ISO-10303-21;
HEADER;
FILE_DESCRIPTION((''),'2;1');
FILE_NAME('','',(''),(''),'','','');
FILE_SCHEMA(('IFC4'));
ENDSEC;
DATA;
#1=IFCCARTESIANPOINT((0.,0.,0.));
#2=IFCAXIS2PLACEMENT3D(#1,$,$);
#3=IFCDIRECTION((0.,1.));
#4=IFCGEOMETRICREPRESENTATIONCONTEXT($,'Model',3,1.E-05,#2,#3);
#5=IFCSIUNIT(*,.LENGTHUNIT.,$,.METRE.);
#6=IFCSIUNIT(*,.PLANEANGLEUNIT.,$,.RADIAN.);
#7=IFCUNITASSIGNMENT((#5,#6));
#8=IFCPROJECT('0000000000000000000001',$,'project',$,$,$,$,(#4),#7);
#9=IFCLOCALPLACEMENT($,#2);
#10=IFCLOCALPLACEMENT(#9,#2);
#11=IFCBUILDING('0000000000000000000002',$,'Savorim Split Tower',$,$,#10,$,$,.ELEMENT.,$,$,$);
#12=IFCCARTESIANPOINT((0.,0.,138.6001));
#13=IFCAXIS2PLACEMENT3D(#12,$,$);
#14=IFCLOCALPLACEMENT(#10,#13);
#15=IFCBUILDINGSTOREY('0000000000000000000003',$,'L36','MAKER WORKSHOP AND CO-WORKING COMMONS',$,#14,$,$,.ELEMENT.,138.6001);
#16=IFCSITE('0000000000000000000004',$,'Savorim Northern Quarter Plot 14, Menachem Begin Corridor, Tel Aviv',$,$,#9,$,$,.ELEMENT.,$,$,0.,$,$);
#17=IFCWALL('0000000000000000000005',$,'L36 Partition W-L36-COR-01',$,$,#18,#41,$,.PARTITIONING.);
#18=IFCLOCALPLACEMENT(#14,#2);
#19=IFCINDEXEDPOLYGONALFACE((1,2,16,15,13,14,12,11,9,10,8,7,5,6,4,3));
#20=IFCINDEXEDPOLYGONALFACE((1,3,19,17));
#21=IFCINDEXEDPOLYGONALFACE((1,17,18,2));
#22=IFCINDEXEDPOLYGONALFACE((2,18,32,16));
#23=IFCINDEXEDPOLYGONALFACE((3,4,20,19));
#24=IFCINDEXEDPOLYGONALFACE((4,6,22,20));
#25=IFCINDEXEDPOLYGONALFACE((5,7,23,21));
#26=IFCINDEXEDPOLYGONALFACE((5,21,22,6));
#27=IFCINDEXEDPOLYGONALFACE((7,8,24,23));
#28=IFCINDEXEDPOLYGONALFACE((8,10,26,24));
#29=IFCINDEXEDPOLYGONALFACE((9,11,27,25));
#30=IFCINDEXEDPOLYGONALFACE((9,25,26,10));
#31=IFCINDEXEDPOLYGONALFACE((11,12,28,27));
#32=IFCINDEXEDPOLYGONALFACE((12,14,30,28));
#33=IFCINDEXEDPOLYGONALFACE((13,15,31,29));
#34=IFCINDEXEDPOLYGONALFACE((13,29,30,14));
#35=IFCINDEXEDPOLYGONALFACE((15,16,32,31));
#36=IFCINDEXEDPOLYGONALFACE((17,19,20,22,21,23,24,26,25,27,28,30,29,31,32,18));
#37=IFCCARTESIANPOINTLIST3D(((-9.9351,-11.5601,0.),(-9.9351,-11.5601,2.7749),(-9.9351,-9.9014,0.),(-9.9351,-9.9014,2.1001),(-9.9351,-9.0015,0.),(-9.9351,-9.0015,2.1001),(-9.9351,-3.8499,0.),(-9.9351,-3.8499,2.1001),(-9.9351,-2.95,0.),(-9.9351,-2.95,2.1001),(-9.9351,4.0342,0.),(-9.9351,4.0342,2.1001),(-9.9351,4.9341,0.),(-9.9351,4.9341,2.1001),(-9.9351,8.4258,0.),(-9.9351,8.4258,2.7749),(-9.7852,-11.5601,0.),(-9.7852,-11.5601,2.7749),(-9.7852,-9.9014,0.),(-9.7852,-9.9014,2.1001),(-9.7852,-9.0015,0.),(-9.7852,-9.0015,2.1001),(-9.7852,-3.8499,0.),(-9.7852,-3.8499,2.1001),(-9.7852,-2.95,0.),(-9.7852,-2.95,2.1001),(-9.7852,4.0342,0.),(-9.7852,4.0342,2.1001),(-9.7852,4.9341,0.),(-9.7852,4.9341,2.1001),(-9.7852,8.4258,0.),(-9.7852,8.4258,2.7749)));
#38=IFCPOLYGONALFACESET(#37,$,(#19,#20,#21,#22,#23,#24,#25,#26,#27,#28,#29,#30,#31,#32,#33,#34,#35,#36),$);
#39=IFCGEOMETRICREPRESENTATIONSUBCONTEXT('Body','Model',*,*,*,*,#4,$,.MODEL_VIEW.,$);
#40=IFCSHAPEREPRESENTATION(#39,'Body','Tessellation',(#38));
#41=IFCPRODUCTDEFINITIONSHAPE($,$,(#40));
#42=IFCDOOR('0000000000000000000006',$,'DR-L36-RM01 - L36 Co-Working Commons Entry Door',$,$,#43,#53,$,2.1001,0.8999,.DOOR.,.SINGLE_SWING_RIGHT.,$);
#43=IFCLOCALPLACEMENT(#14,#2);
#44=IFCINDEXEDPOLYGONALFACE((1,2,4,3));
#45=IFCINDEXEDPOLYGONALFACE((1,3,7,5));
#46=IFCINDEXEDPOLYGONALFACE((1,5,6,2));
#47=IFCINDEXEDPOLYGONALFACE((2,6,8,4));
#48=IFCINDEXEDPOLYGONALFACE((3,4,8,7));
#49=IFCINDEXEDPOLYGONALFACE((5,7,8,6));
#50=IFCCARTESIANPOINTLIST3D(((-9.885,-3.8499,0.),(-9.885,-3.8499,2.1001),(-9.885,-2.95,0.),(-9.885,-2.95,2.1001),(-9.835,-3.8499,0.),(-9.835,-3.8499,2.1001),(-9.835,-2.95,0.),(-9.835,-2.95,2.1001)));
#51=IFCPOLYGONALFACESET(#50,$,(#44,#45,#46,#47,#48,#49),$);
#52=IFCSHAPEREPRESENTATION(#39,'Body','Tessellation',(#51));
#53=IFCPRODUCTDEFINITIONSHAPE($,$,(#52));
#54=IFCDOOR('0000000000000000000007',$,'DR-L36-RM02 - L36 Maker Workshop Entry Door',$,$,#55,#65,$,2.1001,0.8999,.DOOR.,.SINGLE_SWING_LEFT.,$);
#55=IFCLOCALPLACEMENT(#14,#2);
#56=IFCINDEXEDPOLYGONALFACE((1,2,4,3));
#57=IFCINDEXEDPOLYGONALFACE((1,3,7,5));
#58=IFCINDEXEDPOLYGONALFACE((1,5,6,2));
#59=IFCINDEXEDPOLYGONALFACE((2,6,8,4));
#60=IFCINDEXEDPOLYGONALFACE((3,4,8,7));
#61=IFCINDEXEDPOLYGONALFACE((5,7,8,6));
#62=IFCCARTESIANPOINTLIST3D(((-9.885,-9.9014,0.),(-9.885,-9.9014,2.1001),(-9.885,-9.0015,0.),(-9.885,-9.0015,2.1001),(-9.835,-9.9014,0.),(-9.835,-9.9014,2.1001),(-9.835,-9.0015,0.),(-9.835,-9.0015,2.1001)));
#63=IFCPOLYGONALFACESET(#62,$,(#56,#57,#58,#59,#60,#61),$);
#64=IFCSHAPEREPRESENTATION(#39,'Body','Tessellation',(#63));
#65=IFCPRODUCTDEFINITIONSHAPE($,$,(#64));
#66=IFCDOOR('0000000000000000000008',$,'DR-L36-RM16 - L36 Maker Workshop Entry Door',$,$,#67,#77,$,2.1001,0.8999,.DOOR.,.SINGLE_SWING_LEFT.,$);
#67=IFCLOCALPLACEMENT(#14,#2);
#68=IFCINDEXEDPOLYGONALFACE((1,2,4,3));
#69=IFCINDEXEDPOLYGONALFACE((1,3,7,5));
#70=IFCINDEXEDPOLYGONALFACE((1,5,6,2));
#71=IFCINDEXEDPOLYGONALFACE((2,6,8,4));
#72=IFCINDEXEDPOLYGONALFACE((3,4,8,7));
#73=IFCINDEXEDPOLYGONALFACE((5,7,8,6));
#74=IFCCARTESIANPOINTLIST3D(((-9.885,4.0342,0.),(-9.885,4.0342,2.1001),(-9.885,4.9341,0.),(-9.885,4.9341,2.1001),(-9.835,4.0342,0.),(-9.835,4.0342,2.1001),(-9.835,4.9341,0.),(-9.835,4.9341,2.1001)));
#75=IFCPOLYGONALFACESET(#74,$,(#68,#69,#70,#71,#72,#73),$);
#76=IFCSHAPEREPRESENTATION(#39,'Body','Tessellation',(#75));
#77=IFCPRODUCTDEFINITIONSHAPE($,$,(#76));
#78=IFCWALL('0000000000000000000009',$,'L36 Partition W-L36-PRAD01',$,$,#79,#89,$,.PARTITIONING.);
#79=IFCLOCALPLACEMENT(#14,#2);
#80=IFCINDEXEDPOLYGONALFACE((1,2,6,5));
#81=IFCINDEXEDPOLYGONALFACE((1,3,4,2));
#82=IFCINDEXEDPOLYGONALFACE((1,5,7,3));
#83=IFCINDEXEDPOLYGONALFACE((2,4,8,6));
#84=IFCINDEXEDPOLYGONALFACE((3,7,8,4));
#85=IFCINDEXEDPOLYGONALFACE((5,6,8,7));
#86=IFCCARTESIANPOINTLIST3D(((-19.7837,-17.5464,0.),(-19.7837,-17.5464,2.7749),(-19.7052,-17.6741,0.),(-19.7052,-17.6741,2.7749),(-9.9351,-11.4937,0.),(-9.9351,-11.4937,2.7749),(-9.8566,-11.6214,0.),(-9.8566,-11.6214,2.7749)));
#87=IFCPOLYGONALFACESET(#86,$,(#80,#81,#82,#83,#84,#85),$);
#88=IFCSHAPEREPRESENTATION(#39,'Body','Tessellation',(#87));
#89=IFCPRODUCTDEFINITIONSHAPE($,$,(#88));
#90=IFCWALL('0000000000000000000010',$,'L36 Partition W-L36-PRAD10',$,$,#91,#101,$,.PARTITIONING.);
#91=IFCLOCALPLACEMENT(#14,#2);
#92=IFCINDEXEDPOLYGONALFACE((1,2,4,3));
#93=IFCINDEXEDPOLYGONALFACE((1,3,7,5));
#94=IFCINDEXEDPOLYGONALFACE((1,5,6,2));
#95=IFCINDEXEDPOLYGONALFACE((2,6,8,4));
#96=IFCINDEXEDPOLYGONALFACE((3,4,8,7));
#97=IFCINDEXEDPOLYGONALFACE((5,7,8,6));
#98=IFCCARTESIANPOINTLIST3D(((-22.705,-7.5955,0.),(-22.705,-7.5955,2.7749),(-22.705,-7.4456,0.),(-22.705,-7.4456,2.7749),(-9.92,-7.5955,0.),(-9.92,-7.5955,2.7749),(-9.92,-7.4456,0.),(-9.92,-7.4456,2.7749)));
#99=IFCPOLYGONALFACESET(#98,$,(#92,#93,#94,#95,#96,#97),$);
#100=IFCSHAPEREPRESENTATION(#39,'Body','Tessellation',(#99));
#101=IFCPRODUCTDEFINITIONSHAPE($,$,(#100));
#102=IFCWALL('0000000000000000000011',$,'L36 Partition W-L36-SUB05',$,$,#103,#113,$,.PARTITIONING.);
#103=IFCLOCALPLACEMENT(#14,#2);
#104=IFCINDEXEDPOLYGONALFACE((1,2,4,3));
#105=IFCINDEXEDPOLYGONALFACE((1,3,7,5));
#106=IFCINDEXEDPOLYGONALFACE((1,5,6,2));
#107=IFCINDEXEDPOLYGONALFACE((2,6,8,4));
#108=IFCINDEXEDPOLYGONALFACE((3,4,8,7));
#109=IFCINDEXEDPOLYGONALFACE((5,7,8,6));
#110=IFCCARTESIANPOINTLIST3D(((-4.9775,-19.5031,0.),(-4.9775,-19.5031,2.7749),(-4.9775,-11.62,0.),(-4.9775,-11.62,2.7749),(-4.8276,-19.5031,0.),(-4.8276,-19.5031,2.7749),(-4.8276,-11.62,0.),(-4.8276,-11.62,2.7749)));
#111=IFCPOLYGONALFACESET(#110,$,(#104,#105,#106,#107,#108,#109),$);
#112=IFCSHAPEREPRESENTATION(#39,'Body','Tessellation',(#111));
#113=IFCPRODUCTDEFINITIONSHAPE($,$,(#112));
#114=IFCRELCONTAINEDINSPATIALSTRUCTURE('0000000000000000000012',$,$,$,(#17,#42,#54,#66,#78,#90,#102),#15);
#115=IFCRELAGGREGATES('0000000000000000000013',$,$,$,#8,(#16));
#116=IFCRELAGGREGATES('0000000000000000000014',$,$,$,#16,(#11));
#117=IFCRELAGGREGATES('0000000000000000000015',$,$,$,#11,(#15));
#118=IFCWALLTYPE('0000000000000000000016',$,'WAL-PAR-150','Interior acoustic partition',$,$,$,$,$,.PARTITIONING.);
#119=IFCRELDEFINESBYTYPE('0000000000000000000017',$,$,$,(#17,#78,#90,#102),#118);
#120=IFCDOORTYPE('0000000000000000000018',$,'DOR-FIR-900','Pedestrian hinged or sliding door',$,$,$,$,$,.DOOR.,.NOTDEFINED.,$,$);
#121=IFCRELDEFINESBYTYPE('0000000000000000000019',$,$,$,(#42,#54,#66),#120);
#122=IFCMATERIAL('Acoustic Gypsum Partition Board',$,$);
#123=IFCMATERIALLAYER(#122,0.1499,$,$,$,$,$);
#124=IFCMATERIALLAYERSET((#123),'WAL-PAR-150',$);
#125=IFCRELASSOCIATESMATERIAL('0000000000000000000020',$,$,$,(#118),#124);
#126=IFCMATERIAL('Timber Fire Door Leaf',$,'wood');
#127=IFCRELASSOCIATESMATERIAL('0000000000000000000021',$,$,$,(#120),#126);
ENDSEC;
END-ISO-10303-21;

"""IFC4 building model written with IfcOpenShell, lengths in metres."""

from ifc_helpers import new_model, si_unit, direction, frame, frame_2d, origin, place, context, subcontext, project, spatial, rectangle, extrude, material, layer, layer_set, type_object, element, fill, save


model = new_model("IFC4")

# Units and contexts
model_context = context("Model", 3, precision=1e-05, world=origin(), true_north=direction((0.0, 1.0)))
body_context = subcontext(model_context, "Body", "Model", "MODEL_VIEW")
ifc_project = project(units=[si_unit("LENGTHUNIT", "METRE"), si_unit("PLANEANGLEUNIT", "RADIAN")], contexts=[model_context])

# Site, building, storey
site_placement = place(None, origin())
site = spatial("IfcSite", under=ifc_project, at=site_placement, Name="Savorim Northern Quarter Plot 14, Menachem Begin Corridor, Tel Aviv", CompositionType="ELEMENT", RefElevation=0.0)
building_placement = place(site_placement, origin())
building = spatial("IfcBuilding", under=site, at=building_placement, Name="Savorim Split Tower", CompositionType="ELEMENT")
storey_placement = place(building_placement, frame((0.0, 0.0, 138.6001)))
storey = spatial("IfcBuildingStorey", under=building, at=storey_placement, Name="L36", Description="MAKER WORKSHOP AND CO-WORKING COMMONS", CompositionType="ELEMENT", Elevation=138.6001)

# Shared definitions
ifc_material_1 = material(Name="Timber Fire Door Leaf", Category="wood")

# Shared definitions
ifc_material_2 = material(Name="Acoustic Gypsum Partition Board")
ifc_layer_1 = layer(ifc_material_2, 0.1499)
ifc_layer_set_1 = layer_set([ifc_layer_1], Name="WAL-PAR-150")
wall_type_1 = type_object("IfcWallType", Name="WAL-PAR-150", Description="Interior acoustic partition", PredefinedType="PARTITIONING", material=ifc_layer_set_1)

# Wall, openings, doors
wall_1_placement = place(storey_placement, frame((-9.8601, -11.5601, 0.0), z_axis=(0.0, 0.0, 1.0), x_axis=(0.0, 1.0, 0.0)))
wall_1 = element("IfcWall", 1, at=wall_1_placement, inside=storey, type_object=wall_type_1, Name="L36 Partition W-L36-COR-01", PredefinedType="PARTITIONING", context=body_context, shape_type="SweptSolid", body=[
    extrude(rectangle(XDim=19.9858, YDim=0.1499, at=frame_2d((9.9929, 0.0))), origin(), (0.0, 0.0, 1.0), 2.7749),
])
opening_1_placement = place(wall_1_placement, frame((7.7102, 0.0, 0.0)))
opening_1 = element("IfcOpeningElement", 2, at=opening_1_placement, cuts=wall_1, PredefinedType="OPENING", context=body_context, shape_type="SweptSolid", body=[
    extrude(rectangle(XDim=0.8999, YDim=2.1001, at=frame_2d((0.45, 1.05))), frame((0.0, 0.085, 0.0), z_axis=(0.0, -1.0, 0.0), x_axis=(1.0, 0.0, 0.0)), (0.0, 0.0, 1.0), 0.1699),
])
opening_2_placement = place(wall_1_placement, frame((1.6587, 0.0, 0.0)))
opening_2 = element("IfcOpeningElement", 3, at=opening_2_placement, cuts=wall_1, PredefinedType="OPENING", context=body_context, shape_type="SweptSolid", body=[
    extrude(rectangle(XDim=0.8999, YDim=2.1001, at=frame_2d((0.45, 1.05))), frame((0.0, 0.085, 0.0), z_axis=(0.0, -1.0, 0.0), x_axis=(1.0, 0.0, 0.0)), (0.0, 0.0, 1.0), 0.1699),
])
opening_3_placement = place(wall_1_placement, frame((15.5942, 0.0, 0.0)))
opening_3 = element("IfcOpeningElement", 4, at=opening_3_placement, cuts=wall_1, PredefinedType="OPENING", context=body_context, shape_type="SweptSolid", body=[
    extrude(rectangle(XDim=0.8999, YDim=2.1001, at=frame_2d((0.45, 1.05))), frame((0.0, 0.085, 0.0), z_axis=(0.0, -1.0, 0.0), x_axis=(1.0, 0.0, 0.0)), (0.0, 0.0, 1.0), 0.1699),
])
door_type_1 = type_object("IfcDoorType", Name="DOR-FIR-900", Description="Pedestrian hinged or sliding door", OperationType="NOTDEFINED", PredefinedType="DOOR", material=ifc_material_1)
door_1_placement = place(opening_1_placement, origin())
door_1 = element("IfcDoor", 5, at=door_1_placement, inside=storey, type_object=door_type_1, Name="DR-L36-RM01 - L36 Co-Working Commons Entry Door", OperationType="SINGLE_SWING_RIGHT", OverallHeight=2.1001, OverallWidth=0.8999, PredefinedType="DOOR", context=body_context, shape_type="SweptSolid", body=[
    extrude(rectangle(XDim=0.8999, YDim=2.1001, at=frame_2d((0.45, 1.05))), frame((0.0, 0.0249, 0.0), z_axis=(0.0, -1.0, 0.0), x_axis=(1.0, 0.0, 0.0)), (0.0, 0.0, 1.0), 0.05),
])
fill(opening_1, door_1)
door_2_placement = place(opening_2_placement, origin())
door_2 = element("IfcDoor", 6, at=door_2_placement, inside=storey, type_object=door_type_1, Name="DR-L36-RM02 - L36 Maker Workshop Entry Door", OperationType="SINGLE_SWING_LEFT", OverallHeight=2.1001, OverallWidth=0.8999, PredefinedType="DOOR", context=body_context, shape_type="SweptSolid", body=[
    extrude(rectangle(XDim=0.8999, YDim=2.1001, at=frame_2d((0.45, 1.05))), frame((0.0, 0.0249, 0.0), z_axis=(0.0, -1.0, 0.0), x_axis=(1.0, 0.0, 0.0)), (0.0, 0.0, 1.0), 0.05),
])
fill(opening_2, door_2)
door_3_placement = place(opening_3_placement, origin())
door_3 = element("IfcDoor", 7, at=door_3_placement, inside=storey, type_object=door_type_1, Name="DR-L36-RM16 - L36 Maker Workshop Entry Door", OperationType="SINGLE_SWING_LEFT", OverallHeight=2.1001, OverallWidth=0.8999, PredefinedType="DOOR", context=body_context, shape_type="SweptSolid", body=[
    extrude(rectangle(XDim=0.8999, YDim=2.1001, at=frame_2d((0.45, 1.05))), frame((0.0, 0.0249, 0.0), z_axis=(0.0, -1.0, 0.0), x_axis=(1.0, 0.0, 0.0)), (0.0, 0.0, 1.0), 0.05),
])
fill(opening_3, door_3)

# Walls
wall_2_placement = place(storey_placement, frame((-9.896, -11.5576, 0.0), z_axis=(0.0, 0.0, 1.0), x_axis=(-0.851966, -0.523598, 0.0)))
element("IfcWall", 8, at=wall_2_placement, inside=storey, type_object=wall_type_1, Name="L36 Partition W-L36-PRAD01", PredefinedType="PARTITIONING", context=body_context, shape_type="SweptSolid", body=[
    extrude(rectangle(XDim=11.5598, YDim=0.1499, at=frame_2d((5.7798, 0.0))), origin(), (0.0, 0.0, 1.0), 2.7749),
])
wall_3_placement = place(storey_placement, frame((-9.9199, -7.5205, 0.0), z_axis=(0.0, 0.0, 1.0), x_axis=(-1.0, 0.0, 0.0)))
element("IfcWall", 9, at=wall_3_placement, inside=storey, type_object=wall_type_1, Name="L36 Partition W-L36-PRAD10", PredefinedType="PARTITIONING", context=body_context, shape_type="SweptSolid", body=[
    extrude(rectangle(XDim=12.7849, YDim=0.1499, at=frame_2d((6.3926, 0.0))), origin(), (0.0, 0.0, 1.0), 2.7749),
])
wall_4_placement = place(storey_placement, frame((-4.9026, -11.6201, 0.0), z_axis=(0.0, 0.0, 1.0), x_axis=(0.0, -1.0, 0.0)))
element("IfcWall", 10, at=wall_4_placement, inside=storey, type_object=wall_type_1, Name="L36 Partition W-L36-SUB05", PredefinedType="PARTITIONING", context=body_context, shape_type="SweptSolid", body=[
    extrude(rectangle(XDim=7.8831, YDim=0.1499, at=frame_2d((3.9414, 0.0))), origin(), (0.0, 0.0, 1.0), 2.7749),
])

save(model, "model.ifc")
